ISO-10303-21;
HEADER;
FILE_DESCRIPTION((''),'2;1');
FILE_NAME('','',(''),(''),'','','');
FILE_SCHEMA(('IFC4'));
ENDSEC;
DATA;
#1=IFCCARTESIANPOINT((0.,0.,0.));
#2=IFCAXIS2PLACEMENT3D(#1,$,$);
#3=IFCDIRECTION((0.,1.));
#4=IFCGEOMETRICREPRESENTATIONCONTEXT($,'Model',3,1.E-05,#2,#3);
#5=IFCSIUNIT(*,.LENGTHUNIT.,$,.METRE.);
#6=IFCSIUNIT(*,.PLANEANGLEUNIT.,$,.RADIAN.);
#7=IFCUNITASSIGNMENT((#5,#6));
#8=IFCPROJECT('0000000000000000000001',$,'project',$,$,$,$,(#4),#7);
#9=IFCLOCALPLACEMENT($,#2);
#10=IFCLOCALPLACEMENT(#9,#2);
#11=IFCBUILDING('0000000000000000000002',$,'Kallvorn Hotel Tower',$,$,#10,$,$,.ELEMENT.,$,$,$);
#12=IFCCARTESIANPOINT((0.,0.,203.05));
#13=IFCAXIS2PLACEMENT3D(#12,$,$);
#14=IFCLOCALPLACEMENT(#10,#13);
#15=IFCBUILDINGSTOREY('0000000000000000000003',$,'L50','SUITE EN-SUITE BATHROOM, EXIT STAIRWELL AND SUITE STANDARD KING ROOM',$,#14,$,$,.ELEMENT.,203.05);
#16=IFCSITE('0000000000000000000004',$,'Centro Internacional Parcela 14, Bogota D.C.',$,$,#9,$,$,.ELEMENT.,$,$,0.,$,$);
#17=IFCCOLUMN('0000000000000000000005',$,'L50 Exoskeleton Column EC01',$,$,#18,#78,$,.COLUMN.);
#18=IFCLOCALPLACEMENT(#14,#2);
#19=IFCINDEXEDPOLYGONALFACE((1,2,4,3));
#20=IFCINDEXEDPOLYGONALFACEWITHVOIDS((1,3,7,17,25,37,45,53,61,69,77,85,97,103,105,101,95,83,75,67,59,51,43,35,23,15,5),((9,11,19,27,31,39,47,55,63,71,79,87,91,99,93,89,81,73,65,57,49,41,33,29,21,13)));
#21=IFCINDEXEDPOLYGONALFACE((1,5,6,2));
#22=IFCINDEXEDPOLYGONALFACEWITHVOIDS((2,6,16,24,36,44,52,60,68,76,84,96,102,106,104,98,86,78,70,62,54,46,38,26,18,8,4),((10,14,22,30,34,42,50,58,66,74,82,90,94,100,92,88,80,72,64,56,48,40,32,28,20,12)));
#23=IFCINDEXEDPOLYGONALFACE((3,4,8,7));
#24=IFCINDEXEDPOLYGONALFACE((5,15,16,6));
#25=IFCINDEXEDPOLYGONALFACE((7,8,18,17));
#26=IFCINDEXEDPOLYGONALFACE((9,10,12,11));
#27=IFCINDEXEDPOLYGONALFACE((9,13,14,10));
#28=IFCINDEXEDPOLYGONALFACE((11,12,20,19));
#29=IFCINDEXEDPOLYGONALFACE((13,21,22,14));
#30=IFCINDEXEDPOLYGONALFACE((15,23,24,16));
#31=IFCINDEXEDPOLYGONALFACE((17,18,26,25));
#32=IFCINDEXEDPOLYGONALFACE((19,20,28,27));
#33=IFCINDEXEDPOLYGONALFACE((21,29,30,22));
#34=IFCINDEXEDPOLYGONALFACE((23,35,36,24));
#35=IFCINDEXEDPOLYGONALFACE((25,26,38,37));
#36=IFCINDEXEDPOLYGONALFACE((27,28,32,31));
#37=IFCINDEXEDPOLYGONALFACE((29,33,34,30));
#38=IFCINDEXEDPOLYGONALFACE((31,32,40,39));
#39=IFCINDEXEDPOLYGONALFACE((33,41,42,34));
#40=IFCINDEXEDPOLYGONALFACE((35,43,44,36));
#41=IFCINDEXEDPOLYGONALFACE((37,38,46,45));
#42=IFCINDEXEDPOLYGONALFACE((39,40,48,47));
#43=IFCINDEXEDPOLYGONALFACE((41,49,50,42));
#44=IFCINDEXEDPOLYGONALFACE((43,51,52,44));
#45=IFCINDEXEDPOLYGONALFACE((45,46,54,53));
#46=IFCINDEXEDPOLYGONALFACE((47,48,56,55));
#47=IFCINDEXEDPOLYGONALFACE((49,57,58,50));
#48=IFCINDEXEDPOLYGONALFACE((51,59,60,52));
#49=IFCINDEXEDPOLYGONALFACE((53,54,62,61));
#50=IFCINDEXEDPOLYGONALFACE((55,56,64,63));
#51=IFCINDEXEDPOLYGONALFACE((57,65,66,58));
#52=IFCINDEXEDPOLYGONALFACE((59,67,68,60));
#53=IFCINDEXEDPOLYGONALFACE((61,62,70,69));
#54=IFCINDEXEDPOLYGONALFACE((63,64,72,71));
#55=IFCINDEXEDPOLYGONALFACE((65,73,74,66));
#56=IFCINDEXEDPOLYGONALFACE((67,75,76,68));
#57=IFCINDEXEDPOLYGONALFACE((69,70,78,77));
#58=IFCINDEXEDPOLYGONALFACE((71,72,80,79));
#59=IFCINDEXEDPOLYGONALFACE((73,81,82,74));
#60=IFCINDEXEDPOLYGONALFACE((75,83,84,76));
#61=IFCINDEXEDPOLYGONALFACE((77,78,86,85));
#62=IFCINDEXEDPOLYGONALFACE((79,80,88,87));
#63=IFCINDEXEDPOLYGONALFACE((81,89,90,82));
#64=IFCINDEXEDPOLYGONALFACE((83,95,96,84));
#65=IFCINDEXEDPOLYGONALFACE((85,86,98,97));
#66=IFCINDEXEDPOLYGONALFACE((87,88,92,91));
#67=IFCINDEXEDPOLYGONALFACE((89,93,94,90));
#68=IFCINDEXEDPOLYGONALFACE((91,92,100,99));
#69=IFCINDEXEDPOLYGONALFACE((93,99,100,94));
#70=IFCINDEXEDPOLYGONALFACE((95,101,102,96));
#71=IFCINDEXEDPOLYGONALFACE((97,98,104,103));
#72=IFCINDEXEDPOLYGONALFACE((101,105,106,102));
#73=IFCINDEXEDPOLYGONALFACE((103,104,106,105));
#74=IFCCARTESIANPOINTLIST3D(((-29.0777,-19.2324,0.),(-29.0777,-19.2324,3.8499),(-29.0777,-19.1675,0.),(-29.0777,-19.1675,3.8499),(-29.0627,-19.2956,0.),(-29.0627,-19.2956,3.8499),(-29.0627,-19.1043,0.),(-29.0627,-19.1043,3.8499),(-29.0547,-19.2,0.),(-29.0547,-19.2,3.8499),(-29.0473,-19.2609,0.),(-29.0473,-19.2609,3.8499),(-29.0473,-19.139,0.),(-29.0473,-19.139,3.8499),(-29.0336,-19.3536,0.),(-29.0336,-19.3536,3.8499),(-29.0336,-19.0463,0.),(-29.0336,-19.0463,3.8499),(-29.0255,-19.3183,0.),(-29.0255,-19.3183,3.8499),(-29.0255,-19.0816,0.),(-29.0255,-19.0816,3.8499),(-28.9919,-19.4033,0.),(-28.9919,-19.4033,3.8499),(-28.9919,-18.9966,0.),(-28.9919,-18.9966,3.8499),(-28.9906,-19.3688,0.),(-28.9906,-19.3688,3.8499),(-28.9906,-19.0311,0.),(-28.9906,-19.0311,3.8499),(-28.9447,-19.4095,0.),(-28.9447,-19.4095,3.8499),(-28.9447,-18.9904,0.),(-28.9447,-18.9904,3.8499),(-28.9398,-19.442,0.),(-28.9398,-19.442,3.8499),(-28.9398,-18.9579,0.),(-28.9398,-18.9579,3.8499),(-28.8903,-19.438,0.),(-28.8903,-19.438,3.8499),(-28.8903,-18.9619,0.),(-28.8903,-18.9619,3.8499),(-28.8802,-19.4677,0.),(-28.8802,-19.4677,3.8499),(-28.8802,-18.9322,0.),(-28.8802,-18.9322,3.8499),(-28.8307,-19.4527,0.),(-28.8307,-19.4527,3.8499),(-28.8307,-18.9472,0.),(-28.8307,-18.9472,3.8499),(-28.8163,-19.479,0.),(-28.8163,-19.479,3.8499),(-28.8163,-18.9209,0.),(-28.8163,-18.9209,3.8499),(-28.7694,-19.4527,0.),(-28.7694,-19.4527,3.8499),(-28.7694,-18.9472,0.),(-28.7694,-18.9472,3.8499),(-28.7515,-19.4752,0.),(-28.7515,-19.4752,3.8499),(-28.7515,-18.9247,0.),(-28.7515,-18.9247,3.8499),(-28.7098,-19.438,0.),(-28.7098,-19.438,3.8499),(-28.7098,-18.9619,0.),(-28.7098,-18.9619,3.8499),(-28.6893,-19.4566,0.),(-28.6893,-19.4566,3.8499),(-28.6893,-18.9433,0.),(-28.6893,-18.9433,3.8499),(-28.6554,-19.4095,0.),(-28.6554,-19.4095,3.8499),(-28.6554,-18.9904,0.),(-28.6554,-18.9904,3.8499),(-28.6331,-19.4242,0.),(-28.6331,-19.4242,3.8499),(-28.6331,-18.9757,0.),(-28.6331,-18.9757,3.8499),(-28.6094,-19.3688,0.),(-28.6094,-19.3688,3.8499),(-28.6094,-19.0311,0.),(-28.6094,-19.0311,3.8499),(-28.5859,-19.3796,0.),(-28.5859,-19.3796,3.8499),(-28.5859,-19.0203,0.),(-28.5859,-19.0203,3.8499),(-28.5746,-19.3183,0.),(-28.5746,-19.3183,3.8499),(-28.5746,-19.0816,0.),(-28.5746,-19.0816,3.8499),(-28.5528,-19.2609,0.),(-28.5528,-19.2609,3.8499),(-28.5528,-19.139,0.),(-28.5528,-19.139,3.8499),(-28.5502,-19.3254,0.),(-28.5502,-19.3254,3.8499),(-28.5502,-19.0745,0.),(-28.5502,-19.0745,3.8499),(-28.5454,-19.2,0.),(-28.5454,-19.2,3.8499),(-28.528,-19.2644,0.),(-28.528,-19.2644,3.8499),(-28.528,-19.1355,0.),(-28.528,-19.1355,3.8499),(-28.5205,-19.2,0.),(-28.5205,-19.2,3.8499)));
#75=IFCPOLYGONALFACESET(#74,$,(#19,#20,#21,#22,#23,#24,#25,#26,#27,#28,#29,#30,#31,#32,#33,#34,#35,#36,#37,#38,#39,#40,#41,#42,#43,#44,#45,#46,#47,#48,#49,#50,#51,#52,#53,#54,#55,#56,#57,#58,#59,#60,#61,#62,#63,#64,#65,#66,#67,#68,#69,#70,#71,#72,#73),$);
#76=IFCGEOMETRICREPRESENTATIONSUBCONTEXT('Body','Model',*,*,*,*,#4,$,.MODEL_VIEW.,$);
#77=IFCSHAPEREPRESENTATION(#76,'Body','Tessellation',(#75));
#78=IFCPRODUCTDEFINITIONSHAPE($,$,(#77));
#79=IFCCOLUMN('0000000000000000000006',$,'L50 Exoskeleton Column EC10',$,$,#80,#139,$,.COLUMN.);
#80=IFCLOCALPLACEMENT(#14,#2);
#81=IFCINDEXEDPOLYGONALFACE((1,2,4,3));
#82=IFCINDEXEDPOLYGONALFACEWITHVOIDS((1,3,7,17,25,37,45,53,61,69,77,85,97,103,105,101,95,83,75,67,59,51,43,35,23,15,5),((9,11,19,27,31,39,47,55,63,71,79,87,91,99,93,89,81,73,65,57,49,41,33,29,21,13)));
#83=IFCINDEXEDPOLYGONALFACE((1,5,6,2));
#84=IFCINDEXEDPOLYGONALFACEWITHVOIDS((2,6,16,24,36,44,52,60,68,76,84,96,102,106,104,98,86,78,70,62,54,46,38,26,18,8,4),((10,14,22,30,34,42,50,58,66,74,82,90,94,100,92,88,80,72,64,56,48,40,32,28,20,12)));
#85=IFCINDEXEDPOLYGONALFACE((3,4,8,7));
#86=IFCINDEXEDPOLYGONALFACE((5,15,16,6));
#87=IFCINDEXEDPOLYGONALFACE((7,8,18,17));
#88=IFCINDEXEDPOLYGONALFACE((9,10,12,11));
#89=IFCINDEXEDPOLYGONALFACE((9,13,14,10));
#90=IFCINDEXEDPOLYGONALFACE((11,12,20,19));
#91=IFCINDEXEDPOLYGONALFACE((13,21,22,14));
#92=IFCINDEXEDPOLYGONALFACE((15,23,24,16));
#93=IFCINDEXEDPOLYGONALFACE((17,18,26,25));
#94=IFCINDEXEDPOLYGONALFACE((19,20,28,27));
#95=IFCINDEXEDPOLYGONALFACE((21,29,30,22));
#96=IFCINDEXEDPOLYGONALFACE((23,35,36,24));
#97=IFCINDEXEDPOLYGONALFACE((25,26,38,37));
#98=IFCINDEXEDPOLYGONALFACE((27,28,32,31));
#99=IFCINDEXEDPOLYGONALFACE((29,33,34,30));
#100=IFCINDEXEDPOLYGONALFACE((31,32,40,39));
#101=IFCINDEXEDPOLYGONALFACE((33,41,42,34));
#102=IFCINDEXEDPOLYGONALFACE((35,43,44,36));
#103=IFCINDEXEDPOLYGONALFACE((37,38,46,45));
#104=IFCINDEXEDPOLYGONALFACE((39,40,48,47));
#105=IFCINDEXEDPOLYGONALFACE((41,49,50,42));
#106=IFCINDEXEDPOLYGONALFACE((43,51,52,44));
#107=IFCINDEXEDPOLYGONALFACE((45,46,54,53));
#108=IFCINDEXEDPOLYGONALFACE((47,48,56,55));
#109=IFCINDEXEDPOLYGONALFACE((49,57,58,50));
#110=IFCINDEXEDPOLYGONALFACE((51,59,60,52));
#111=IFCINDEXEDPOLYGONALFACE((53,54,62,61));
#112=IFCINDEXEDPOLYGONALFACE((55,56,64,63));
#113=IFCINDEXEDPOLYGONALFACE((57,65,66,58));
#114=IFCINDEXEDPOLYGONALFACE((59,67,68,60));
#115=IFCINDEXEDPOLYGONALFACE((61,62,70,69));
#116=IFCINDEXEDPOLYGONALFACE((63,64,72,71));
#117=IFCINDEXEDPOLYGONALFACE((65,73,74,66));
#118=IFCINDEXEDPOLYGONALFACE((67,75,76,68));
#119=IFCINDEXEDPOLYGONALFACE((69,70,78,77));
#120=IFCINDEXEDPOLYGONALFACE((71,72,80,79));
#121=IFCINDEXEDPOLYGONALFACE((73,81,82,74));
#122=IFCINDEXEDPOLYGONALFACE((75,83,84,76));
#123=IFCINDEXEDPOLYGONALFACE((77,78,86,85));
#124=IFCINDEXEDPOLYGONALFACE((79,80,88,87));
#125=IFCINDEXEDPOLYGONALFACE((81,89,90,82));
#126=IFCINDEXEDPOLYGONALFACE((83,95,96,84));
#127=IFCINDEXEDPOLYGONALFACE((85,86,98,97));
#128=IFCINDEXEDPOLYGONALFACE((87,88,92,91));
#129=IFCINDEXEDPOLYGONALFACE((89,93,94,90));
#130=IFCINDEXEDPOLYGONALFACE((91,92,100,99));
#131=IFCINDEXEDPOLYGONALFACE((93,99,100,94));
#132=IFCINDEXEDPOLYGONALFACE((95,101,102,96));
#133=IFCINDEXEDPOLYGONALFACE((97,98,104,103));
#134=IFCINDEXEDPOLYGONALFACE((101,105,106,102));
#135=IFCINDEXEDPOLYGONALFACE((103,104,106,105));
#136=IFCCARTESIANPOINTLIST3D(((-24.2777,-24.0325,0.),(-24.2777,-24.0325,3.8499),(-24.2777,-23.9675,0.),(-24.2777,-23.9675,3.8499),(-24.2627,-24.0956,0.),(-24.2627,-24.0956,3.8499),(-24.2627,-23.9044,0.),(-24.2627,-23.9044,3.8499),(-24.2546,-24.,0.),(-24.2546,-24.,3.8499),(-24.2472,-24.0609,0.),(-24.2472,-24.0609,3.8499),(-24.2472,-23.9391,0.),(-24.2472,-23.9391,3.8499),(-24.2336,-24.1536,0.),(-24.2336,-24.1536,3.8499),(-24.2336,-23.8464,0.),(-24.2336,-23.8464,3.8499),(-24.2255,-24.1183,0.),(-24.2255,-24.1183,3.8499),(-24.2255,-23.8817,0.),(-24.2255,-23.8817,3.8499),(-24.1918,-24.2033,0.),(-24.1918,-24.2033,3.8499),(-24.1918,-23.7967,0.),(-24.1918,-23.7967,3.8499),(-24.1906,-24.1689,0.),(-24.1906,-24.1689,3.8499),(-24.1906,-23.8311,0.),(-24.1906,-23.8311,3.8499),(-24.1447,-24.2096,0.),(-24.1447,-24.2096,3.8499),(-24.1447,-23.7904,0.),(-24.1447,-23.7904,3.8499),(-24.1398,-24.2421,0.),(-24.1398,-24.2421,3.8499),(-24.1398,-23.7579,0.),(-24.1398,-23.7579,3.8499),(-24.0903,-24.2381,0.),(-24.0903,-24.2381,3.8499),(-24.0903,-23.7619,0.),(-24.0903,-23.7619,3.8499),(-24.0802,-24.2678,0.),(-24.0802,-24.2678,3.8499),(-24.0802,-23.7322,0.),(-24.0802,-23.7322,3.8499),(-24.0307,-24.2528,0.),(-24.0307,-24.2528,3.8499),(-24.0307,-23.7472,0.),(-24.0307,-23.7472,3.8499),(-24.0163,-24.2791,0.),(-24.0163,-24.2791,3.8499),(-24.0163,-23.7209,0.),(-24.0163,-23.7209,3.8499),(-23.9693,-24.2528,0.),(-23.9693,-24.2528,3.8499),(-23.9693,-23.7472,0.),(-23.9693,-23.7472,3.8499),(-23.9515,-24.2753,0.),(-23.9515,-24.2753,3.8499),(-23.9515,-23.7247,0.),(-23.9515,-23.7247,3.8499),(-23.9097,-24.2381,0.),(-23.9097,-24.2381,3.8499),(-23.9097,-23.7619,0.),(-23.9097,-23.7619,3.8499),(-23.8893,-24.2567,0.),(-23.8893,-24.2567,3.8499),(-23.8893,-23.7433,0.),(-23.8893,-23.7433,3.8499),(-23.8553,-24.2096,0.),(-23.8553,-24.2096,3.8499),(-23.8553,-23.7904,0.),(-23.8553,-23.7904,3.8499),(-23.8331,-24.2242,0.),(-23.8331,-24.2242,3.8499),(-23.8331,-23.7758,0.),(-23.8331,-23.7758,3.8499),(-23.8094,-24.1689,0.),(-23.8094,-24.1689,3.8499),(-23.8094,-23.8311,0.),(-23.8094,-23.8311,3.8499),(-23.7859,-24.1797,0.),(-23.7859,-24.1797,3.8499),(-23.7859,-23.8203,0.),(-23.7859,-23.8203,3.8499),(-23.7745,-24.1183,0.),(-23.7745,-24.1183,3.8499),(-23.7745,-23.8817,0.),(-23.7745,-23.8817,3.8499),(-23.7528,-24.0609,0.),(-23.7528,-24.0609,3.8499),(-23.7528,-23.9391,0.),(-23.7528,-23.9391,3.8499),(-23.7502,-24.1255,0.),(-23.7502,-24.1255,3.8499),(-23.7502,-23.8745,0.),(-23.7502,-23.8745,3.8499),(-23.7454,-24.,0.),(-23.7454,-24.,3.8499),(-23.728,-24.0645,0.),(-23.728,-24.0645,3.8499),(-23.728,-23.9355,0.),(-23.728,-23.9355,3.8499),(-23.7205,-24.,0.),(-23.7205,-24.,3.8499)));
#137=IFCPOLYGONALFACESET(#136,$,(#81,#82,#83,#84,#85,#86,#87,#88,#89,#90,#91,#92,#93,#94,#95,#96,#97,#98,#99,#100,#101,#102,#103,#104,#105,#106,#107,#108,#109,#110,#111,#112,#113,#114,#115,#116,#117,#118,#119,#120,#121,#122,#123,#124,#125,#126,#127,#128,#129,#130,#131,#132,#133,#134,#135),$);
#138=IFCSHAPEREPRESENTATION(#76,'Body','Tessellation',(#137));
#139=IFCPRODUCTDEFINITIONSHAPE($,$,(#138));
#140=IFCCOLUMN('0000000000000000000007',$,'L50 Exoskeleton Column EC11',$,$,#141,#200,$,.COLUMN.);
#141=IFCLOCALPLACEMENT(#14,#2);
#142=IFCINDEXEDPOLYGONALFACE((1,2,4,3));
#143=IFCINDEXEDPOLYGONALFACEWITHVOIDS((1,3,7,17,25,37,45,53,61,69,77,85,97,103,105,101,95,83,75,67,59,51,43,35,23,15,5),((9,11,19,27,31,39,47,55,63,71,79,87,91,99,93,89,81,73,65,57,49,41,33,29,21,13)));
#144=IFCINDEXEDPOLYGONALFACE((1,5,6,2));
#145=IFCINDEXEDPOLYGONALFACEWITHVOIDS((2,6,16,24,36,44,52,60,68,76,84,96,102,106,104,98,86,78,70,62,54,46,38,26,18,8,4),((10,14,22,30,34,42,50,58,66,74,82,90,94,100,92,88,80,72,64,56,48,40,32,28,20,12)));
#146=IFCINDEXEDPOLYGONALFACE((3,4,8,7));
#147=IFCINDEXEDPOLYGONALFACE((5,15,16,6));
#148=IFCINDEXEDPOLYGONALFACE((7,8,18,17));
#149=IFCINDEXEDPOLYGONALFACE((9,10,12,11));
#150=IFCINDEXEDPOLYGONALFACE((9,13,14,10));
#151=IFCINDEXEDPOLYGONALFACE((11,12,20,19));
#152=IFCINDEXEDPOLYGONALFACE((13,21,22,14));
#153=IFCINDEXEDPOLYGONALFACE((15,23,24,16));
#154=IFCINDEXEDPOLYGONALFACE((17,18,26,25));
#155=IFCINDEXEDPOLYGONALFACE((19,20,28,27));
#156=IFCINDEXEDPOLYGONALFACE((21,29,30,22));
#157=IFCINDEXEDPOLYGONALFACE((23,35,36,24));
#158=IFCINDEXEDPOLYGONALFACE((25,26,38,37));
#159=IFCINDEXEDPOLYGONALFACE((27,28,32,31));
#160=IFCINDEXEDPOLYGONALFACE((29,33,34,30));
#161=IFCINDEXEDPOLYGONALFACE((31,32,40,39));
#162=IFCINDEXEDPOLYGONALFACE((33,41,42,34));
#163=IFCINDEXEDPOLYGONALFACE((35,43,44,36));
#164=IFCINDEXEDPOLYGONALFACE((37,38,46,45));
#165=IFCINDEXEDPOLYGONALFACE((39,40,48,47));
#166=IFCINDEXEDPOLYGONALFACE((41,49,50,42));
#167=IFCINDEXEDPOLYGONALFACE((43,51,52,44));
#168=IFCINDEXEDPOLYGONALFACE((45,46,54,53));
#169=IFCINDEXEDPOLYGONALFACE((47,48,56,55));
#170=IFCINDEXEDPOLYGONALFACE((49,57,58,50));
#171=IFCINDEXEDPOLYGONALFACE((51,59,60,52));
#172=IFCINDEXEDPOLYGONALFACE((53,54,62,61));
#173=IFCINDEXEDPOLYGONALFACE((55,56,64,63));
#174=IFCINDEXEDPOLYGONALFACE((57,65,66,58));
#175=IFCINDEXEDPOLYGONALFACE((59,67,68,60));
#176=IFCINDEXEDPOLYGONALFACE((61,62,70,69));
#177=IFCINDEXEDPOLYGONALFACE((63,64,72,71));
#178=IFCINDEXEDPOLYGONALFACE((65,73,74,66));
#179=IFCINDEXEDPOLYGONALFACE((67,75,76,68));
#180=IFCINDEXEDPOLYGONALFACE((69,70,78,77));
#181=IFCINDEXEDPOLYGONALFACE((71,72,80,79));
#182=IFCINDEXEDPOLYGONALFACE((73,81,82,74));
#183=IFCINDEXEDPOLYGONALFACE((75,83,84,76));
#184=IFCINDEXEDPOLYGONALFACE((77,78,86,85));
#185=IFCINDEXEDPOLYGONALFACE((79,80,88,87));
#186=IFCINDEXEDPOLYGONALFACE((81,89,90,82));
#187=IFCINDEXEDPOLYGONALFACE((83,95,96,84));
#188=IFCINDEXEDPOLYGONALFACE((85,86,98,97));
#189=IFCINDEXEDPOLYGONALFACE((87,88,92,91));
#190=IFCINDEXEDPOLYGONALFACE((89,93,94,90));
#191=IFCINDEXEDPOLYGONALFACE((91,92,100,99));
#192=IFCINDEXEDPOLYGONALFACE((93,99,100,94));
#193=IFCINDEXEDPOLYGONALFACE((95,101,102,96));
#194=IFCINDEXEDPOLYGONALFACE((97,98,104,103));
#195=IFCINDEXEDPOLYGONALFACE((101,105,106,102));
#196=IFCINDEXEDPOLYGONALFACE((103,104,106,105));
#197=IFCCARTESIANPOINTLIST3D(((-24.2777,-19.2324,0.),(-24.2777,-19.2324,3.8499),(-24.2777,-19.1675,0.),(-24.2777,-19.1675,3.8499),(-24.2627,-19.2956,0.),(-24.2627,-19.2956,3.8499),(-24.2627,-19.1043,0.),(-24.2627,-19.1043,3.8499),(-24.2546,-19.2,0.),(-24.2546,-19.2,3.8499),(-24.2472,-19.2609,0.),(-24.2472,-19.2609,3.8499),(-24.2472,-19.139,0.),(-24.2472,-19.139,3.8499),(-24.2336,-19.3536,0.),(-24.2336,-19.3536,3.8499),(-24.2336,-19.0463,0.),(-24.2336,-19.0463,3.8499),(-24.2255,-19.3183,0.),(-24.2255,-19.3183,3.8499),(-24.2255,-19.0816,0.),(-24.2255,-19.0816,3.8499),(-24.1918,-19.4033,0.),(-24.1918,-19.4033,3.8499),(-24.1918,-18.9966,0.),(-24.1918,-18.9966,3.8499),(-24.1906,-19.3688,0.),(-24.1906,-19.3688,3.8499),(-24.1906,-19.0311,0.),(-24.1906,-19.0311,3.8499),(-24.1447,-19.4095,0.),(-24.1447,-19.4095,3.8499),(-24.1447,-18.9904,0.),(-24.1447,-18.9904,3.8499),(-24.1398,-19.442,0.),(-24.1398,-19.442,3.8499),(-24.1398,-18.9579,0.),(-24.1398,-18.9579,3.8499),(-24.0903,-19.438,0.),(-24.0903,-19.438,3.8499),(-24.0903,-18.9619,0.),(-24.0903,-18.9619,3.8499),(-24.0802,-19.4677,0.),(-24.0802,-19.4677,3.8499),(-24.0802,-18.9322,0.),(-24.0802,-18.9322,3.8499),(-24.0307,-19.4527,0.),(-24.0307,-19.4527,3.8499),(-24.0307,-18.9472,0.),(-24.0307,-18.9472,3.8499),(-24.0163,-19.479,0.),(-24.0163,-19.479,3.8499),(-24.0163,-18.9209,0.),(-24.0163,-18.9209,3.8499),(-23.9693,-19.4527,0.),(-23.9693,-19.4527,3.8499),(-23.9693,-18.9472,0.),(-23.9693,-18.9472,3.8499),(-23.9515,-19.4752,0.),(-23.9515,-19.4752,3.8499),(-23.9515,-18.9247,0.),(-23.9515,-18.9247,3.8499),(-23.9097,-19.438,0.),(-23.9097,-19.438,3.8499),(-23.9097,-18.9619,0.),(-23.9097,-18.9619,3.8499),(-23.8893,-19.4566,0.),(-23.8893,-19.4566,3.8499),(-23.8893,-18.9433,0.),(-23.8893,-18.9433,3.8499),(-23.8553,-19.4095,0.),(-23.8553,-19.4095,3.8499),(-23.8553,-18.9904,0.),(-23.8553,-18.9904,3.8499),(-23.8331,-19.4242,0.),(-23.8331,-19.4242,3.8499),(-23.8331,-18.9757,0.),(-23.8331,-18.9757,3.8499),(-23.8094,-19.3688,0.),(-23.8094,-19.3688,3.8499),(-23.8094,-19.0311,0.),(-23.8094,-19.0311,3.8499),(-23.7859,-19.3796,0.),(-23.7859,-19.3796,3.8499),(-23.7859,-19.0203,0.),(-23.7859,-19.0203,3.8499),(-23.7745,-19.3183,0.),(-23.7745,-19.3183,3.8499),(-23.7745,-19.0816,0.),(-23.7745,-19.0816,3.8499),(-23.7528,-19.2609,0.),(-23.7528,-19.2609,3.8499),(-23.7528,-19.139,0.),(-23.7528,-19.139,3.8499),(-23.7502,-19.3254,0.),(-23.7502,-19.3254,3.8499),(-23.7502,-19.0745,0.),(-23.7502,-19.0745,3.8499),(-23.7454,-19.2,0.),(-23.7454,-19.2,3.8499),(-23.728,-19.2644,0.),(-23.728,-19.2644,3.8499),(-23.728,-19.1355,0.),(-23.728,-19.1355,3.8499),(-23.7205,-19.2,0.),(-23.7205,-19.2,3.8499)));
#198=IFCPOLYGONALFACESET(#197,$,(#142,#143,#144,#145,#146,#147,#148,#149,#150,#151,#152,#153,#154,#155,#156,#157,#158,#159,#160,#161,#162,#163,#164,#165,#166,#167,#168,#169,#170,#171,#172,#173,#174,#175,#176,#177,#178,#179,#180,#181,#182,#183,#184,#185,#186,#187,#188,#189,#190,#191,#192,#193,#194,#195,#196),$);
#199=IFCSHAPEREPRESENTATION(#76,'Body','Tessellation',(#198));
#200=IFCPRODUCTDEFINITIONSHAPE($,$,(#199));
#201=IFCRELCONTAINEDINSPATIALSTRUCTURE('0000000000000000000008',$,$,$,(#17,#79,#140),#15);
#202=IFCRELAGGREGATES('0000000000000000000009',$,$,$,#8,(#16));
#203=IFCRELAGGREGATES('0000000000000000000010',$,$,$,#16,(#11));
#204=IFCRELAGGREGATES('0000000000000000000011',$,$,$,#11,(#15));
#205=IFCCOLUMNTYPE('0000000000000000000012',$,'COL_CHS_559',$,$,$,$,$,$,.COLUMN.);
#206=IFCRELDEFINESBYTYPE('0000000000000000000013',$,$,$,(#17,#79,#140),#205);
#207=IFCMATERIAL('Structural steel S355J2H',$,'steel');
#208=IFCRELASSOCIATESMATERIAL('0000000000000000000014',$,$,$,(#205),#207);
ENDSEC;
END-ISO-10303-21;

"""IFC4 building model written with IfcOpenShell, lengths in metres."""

from ifc_helpers import new_model, si_unit, direction, frame, origin, origin_2d, place, context, subcontext, project, spatial, hollow_circle, extrude, material, material_profile, profile_set, type_object, element, save


model = new_model("IFC4")

# Units and contexts
model_context = context("Model", 3, precision=1e-05, world=origin(), true_north=direction((0.0, 1.0)))
body_context = subcontext(model_context, "Body", "Model", "MODEL_VIEW")
ifc_project = project(units=[si_unit("LENGTHUNIT", "METRE"), si_unit("PLANEANGLEUNIT", "RADIAN")], contexts=[model_context])

# Site, building, storey
site_placement = place(None, origin())
site = spatial("IfcSite", under=ifc_project, at=site_placement, Name="Centro Internacional Parcela 14, Bogota D.C.", CompositionType="ELEMENT", RefElevation=0.0)
building_placement = place(site_placement, origin())
building = spatial("IfcBuilding", under=site, at=building_placement, Name="Kallvorn Hotel Tower", CompositionType="ELEMENT")
storey_placement = place(building_placement, frame((0.0, 0.0, 203.05)))
storey = spatial("IfcBuildingStorey", under=building, at=storey_placement, Name="L50", Description="SUITE EN-SUITE BATHROOM, EXIT STAIRWELL AND SUITE STANDARD KING ROOM", CompositionType="ELEMENT", Elevation=203.05)

# Columns
ifc_material_1 = material(Name="Structural steel S355J2H", Category="steel")
ifc_material_profile_1 = material_profile(ifc_material_1, hollow_circle(Radius=0.2795, WallThickness=0.0249, at=origin_2d()), Name="CHS 559x25")
ifc_profile_set_1 = profile_set([ifc_material_profile_1], Name="Structural steel S355J2H")
column_type = type_object("IfcColumnType", Name="COL_CHS_559", PredefinedType="COLUMN", material=ifc_profile_set_1)
for number, where, z_axis, x_axis, name in (
    (1, (-28.8, -19.2, 0.0), (0.0, 0.0, 1.0), (1.0, 0.0, 0.0), "L50 Exoskeleton Column EC01"),
    (2, (-24.0, -24.0, 0.0), (0.0, 0.0, 1.0), (1.0, 0.0, 0.0), "L50 Exoskeleton Column EC10"),
    (3, (-24.0, -19.2, 0.0), (0.0, 0.0, 1.0), (1.0, 0.0, 0.0), "L50 Exoskeleton Column EC11"),
):
    element("IfcColumn", number, at=place(storey_placement, frame(where, z_axis=z_axis, x_axis=x_axis)), inside=storey, type_object=column_type, Name=name, PredefinedType="COLUMN", context=body_context, shape_type="SweptSolid", body=[
        extrude(hollow_circle(Radius=0.2795, WallThickness=0.0249, at=origin_2d()), origin(), (0.0, 0.0, 1.0), 3.8499),
    ])

save(model, "model.ifc")
